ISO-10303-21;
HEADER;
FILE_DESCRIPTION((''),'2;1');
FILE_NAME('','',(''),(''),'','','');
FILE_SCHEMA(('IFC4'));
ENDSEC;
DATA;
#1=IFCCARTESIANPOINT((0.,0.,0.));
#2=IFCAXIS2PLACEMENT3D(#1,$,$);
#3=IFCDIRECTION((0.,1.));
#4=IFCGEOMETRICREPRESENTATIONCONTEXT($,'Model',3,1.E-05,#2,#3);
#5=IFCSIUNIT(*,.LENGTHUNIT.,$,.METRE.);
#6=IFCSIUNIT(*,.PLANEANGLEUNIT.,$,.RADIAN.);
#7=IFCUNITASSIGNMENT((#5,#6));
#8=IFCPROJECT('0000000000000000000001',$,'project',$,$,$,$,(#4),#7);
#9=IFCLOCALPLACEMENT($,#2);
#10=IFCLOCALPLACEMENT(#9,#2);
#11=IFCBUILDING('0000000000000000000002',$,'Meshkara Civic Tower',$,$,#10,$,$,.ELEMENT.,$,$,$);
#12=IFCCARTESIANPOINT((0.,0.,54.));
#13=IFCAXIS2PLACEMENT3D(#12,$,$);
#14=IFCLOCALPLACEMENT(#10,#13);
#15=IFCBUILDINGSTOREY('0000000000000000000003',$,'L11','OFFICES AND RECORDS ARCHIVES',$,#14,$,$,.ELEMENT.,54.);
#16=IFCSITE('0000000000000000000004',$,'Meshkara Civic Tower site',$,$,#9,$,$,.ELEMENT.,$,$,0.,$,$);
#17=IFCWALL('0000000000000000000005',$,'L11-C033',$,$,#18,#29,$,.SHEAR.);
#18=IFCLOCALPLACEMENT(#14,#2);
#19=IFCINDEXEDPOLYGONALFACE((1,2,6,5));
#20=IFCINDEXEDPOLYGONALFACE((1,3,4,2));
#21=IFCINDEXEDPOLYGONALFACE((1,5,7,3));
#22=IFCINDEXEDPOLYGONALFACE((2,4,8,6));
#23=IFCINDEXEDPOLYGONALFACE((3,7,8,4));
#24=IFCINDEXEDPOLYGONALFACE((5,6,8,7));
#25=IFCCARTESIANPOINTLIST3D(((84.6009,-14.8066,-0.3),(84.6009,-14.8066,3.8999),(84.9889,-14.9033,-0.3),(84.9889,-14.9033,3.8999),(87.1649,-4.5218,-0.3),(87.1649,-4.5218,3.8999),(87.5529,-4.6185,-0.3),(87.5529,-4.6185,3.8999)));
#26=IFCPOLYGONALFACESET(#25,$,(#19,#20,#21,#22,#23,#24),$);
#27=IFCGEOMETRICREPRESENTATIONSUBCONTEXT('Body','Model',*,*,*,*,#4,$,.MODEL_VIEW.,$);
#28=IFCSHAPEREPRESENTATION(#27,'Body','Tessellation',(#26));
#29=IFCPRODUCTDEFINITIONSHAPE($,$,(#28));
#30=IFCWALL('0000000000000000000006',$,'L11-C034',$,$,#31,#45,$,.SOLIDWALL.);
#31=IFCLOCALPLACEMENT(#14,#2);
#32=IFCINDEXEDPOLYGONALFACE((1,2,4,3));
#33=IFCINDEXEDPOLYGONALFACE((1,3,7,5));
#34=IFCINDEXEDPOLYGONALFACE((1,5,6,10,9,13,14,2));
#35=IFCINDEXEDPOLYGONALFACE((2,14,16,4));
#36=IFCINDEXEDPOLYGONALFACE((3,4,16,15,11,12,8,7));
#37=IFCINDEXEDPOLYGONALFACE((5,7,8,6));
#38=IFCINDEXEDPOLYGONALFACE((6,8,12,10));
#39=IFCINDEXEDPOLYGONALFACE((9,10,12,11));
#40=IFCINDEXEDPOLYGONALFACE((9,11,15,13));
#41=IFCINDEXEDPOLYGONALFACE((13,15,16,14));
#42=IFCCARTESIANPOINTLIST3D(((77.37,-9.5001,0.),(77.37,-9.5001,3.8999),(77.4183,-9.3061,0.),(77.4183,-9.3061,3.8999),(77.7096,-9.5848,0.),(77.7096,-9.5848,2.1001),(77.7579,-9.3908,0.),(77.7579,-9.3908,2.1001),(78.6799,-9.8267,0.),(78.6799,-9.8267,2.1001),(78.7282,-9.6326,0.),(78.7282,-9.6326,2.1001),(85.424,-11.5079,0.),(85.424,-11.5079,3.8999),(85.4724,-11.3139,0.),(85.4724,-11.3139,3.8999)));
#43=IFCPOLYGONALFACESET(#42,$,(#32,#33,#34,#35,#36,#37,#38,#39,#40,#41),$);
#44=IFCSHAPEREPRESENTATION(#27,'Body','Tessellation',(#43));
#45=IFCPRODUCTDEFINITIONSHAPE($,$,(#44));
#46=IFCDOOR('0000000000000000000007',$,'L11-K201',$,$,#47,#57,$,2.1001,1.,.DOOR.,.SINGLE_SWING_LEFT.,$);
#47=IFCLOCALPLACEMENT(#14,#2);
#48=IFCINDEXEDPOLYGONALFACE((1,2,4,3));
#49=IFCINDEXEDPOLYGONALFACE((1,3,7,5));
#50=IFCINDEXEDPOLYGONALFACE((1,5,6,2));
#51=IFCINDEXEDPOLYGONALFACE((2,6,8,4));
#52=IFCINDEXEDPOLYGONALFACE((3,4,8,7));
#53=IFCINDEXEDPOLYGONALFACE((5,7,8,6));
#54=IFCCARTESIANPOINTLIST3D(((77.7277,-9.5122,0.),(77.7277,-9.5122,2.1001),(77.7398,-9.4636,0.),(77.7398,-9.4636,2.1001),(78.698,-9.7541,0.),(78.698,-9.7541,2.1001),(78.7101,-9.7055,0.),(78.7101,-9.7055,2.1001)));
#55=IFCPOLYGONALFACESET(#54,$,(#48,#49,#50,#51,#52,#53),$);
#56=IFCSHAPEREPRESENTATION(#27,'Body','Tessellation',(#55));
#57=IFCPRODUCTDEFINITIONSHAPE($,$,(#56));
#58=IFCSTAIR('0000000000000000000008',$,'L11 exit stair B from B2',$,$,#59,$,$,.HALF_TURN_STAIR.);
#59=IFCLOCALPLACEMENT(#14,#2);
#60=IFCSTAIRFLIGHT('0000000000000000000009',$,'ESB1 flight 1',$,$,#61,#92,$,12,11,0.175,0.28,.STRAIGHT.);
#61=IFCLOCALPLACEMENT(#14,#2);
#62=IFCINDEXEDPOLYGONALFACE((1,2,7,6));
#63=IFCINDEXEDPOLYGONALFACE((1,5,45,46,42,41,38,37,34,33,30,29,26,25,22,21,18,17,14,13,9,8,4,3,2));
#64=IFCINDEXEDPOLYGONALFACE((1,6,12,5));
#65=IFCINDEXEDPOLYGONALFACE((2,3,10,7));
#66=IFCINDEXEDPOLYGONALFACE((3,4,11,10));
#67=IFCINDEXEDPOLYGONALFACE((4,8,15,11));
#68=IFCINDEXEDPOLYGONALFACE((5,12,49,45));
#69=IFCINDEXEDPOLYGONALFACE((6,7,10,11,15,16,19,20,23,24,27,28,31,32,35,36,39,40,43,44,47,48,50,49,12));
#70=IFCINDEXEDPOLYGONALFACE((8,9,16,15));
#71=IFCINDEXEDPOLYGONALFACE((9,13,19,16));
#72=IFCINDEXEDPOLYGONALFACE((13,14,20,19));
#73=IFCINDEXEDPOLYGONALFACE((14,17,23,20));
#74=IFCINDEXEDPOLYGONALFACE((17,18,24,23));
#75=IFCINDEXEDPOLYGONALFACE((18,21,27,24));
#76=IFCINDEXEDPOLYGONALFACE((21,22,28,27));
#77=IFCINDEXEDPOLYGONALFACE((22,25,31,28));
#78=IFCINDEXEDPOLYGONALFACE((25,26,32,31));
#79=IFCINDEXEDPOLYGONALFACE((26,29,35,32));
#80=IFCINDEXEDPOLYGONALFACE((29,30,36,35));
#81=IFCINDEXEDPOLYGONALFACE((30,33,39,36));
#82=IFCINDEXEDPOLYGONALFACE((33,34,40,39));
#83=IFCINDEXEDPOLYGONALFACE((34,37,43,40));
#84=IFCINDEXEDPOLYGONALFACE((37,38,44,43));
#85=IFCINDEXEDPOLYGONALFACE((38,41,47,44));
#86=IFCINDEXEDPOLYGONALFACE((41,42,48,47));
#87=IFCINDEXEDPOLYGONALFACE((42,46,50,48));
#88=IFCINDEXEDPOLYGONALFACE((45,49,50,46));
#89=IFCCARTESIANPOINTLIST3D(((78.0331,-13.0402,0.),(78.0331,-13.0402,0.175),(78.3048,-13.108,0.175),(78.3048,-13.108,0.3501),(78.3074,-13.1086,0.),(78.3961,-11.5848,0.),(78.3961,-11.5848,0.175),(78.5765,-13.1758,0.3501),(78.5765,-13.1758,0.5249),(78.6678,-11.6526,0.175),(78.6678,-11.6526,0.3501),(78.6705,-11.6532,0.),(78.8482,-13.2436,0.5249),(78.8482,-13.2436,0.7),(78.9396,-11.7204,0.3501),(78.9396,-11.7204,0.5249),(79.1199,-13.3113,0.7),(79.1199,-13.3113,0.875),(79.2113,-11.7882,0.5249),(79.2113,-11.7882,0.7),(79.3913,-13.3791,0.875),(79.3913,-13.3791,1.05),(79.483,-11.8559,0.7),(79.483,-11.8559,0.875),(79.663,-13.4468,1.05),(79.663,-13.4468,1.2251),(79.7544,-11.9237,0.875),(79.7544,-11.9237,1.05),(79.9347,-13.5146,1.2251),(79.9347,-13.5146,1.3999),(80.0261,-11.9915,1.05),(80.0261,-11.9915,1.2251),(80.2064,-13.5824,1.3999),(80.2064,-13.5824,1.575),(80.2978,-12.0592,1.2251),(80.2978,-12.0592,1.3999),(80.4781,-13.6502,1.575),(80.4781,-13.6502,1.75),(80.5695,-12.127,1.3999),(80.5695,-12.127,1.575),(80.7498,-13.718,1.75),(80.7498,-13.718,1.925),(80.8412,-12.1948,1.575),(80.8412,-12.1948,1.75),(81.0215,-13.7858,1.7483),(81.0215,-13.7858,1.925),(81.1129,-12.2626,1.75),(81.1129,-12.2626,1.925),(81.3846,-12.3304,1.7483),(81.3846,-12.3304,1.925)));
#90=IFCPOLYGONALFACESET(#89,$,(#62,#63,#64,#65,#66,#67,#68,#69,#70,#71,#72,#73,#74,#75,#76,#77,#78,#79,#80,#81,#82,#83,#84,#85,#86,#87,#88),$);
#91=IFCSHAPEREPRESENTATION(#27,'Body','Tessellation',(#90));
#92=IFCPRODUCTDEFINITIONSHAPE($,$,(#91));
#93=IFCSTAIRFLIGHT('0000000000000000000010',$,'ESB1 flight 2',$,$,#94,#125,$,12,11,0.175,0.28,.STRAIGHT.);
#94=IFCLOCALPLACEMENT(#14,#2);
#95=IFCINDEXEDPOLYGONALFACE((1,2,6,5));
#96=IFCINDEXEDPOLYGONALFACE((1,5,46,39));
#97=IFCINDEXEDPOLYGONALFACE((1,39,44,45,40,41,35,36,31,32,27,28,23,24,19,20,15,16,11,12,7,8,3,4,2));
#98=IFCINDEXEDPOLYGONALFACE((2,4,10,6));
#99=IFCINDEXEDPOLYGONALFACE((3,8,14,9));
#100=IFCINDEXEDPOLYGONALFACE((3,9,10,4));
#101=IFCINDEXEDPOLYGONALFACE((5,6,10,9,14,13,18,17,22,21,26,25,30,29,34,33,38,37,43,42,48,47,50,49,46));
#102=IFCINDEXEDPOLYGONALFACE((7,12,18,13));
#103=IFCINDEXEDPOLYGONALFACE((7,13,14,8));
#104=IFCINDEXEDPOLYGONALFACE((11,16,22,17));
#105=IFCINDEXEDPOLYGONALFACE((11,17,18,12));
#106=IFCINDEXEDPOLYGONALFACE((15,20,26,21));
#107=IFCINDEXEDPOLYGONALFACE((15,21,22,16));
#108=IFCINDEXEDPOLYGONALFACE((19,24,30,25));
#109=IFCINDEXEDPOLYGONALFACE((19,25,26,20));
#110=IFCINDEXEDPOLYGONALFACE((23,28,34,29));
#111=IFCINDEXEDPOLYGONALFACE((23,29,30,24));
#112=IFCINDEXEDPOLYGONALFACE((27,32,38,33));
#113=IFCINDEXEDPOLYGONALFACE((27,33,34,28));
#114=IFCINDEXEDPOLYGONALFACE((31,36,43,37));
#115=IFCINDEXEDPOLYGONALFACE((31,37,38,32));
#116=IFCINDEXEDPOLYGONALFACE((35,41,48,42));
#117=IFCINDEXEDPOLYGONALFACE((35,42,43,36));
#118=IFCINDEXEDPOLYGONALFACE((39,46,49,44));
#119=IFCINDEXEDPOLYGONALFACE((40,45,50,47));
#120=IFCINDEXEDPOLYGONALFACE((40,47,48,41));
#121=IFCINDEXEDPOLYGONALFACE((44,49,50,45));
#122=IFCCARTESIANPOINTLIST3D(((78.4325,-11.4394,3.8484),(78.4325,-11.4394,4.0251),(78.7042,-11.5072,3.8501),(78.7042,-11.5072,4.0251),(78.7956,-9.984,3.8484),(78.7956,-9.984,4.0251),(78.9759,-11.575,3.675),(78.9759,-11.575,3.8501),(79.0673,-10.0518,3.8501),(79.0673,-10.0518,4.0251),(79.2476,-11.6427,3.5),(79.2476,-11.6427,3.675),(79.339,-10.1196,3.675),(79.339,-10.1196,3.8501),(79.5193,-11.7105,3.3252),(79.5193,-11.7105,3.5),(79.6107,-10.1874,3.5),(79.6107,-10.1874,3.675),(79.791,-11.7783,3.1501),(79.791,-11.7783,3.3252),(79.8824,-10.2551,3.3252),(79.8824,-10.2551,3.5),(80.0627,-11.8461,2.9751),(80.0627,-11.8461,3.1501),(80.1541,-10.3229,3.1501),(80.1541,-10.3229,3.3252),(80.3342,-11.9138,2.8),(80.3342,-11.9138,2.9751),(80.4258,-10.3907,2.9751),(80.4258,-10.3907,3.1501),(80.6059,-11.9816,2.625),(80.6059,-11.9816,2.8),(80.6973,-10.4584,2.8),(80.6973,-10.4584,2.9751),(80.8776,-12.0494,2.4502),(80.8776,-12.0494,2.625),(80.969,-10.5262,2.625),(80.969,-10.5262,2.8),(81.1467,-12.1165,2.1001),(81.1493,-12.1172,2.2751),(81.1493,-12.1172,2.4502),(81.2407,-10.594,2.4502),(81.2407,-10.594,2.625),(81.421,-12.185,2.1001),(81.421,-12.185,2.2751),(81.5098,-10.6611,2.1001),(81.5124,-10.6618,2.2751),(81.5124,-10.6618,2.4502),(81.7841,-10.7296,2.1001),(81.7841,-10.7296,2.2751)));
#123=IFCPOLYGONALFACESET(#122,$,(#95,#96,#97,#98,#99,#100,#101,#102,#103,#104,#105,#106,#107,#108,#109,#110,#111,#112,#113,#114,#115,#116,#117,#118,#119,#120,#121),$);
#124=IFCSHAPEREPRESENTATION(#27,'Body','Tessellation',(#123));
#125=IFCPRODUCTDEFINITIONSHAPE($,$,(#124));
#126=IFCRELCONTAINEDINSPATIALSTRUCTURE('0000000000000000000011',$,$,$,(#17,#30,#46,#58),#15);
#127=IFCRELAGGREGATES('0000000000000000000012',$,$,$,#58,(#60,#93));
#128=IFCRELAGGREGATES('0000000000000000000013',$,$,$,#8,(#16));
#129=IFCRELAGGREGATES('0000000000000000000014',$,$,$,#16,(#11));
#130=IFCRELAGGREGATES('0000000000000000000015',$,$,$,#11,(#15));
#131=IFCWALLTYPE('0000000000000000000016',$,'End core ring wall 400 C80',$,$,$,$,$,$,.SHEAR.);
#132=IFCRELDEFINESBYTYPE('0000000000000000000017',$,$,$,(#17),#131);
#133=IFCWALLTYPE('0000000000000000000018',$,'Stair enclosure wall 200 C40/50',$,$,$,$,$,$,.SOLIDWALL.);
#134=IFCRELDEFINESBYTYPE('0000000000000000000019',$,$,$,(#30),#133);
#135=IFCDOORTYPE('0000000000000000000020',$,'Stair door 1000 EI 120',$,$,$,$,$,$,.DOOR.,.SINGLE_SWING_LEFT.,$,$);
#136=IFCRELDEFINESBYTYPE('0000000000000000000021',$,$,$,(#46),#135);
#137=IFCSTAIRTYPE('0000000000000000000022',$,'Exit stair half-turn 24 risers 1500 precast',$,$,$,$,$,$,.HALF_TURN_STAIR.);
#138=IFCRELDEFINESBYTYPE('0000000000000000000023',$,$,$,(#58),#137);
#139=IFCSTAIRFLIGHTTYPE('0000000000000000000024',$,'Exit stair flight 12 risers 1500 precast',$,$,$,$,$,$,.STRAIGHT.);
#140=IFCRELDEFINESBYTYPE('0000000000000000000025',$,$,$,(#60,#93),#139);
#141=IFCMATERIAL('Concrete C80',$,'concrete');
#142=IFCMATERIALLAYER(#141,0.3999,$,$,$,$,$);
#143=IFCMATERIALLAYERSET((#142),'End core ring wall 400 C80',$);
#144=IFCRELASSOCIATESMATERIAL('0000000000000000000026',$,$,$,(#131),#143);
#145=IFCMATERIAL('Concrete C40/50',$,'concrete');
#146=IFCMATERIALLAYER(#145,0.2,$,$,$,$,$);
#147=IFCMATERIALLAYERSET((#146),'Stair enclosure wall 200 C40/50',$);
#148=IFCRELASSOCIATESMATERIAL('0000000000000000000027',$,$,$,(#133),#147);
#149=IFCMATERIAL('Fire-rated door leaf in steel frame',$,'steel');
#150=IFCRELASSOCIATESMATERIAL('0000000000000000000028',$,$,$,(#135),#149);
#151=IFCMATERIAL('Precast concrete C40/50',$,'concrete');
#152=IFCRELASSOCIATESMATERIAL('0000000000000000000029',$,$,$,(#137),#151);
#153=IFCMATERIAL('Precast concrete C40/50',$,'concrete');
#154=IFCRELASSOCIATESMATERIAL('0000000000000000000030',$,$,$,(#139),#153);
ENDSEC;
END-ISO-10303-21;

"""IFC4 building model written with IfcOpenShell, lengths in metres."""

from ifc_helpers import new_model, si_unit, direction, frame, frame_2d, origin, place, context, subcontext, project, spatial, polyline, rectangle, outline, extrude, material, layer, layer_set, type_object, element, fill, aggregate, save


model = new_model("IFC4")

# Units and contexts
model_context = context("Model", 3, precision=1e-05, world=origin(), true_north=direction((0.0, 1.0)))
body_context = subcontext(model_context, "Body", "Model", "MODEL_VIEW")
ifc_project = project(units=[si_unit("LENGTHUNIT", "METRE"), si_unit("PLANEANGLEUNIT", "RADIAN")], contexts=[model_context])

# Site, building, storey
site_placement = place(None, origin())
site = spatial("IfcSite", under=ifc_project, at=site_placement, Name="Meshkara Civic Tower site", CompositionType="ELEMENT", RefElevation=0.0)
building_placement = place(site_placement, origin())
building = spatial("IfcBuilding", under=site, at=building_placement, Name="Meshkara Civic Tower", CompositionType="ELEMENT")
storey_placement = place(building_placement, frame((0.0, 0.0, 54.0)))
storey = spatial("IfcBuildingStorey", under=building, at=storey_placement, Name="L11", Description="OFFICES AND RECORDS ARCHIVES", CompositionType="ELEMENT", Elevation=54.0)

# Shared definitions
ifc_material_1 = material(Name="Concrete C80", Category="concrete")
ifc_layer_1 = layer(ifc_material_1, 0.3999)
ifc_layer_set_1 = layer_set([ifc_layer_1], Name="End core ring wall 400 C80")
wall_type_1 = type_object("IfcWallType", Name="End core ring wall 400 C80", PredefinedType="SHEAR", material=ifc_layer_set_1)

# Wall
wall_1_placement = place(storey_placement, frame((84.7949, -14.855, -0.3), z_axis=(0.0, 0.0, 1.0), x_axis=(0.241891, 0.970304, 0.0)))
element("IfcWall", 1, at=wall_1_placement, inside=storey, type_object=wall_type_1, Name="L11-C033", PredefinedType="SHEAR", context=body_context, shape_type="SweptSolid", body=[
    extrude(rectangle(XDim=10.5996, YDim=0.3999, at=frame_2d((5.2998, 0.0))), origin(), (0.0, 0.0, 1.0), 4.2),
])

# Wall, opening, door
ifc_material_2 = material(Name="Concrete C40/50", Category="concrete")
ifc_layer_2 = layer(ifc_material_2, 0.2)
ifc_layer_set_2 = layer_set([ifc_layer_2], Name="Stair enclosure wall 200 C40/50")
wall_type_2 = type_object("IfcWallType", Name="Stair enclosure wall 200 C40/50", PredefinedType="SOLIDWALL", material=ifc_layer_set_2)
wall_2_placement = place(storey_placement, frame((77.394, -9.4031, 0.0), z_axis=(0.0, 0.0, 1.0), x_axis=(0.970303, -0.241892, 0.0)))
wall_2 = element("IfcWall", 2, at=wall_2_placement, inside=storey, type_object=wall_type_2, Name="L11-C034", PredefinedType="SOLIDWALL", context=body_context, shape_type="SweptSolid", body=[
    extrude(rectangle(XDim=8.3005, YDim=0.2, at=frame_2d((4.1504, 0.0))), origin(), (0.0, 0.0, 1.0), 3.8999),
])
opening_1_placement = place(wall_2_placement, frame((0.3501, 0.0, 0.0)))
opening_1 = element("IfcOpeningElement", 3, at=opening_1_placement, cuts=wall_2, PredefinedType="OPENING", context=body_context, shape_type="SweptSolid", body=[
    extrude(rectangle(XDim=1.0, YDim=2.1001, at=frame_2d((0.5, 1.05))), frame((0.0, 0.1099, 0.0), z_axis=(0.0, -1.0, 0.0), x_axis=(1.0, 0.0, 0.0)), (0.0, 0.0, 1.0), 0.22),
])
ifc_material_3 = material(Name="Fire-rated door leaf in steel frame", Category="steel")
door_type_1 = type_object("IfcDoorType", Name="Stair door 1000 EI 120", OperationType="SINGLE_SWING_LEFT", PredefinedType="DOOR", material=ifc_material_3)
door_1_placement = place(opening_1_placement, origin())
door_1 = element("IfcDoor", 4, at=door_1_placement, inside=storey, type_object=door_type_1, Name="L11-K201", OperationType="SINGLE_SWING_LEFT", OverallHeight=2.1001, OverallWidth=1.0, PredefinedType="DOOR", context=body_context, shape_type="SweptSolid", body=[
    extrude(rectangle(XDim=1.0, YDim=2.1001, at=frame_2d((0.5, 1.05))), frame((0.0, 0.0249, 0.0), z_axis=(0.0, -1.0, 0.0), x_axis=(1.0, 0.0, 0.0)), (0.0, 0.0, 1.0), 0.05),
])
fill(opening_1, door_1)

# Stair, stair flights
ifc_material_4 = material(Name="Precast concrete C40/50", Category="concrete")
stair_type = type_object("IfcStairType", Name="Exit stair half-turn 24 risers 1500 precast", PredefinedType="HALF_TURN_STAIR", material=ifc_material_4)
stair_placement = place(storey_placement, origin())
stair = element("IfcStair", 5, at=stair_placement, inside=storey, type_object=stair_type, Name="L11 exit stair B from B2", PredefinedType="HALF_TURN_STAIR")
ifc_material_5 = material(Name="Precast concrete C40/50", Category="concrete")
stair_flight_type = type_object("IfcStairFlightType", Name="Exit stair flight 12 risers 1500 precast", PredefinedType="STRAIGHT", material=ifc_material_5)
stair_flight_1_placement = place(storey_placement, frame((78.2146, -12.3125, 0.0), z_axis=(0.0, 0.0, 1.0), x_axis=(0.97026, -0.242065, 0.0)))
stair_flight_1 = element("IfcStairFlight", 6, at=stair_flight_1_placement, type_object=stair_flight_type, Name="ESB1 flight 1", NumberOfRisers=12, NumberOfTreads=11, PredefinedType="STRAIGHT", RiserHeight=0.175, TreadLength=0.28, context=body_context, shape_type="SweptSolid", body=[
    extrude(outline(polyline([(0.0, 0.0), (0.0, 0.175), (0.28, 0.175), (0.28, 0.3501), (0.5601, 0.3501), (0.5601, 0.5249), (0.8401, 0.5249), (0.8401, 0.7), (1.1201, 0.7), (1.1201, 0.875), (1.3999, 0.875), (1.3999, 1.05), (1.6799, 1.05), (1.6799, 1.2251), (1.96, 1.2251), (1.96, 1.3999), (2.24, 1.3999), (2.24, 1.575), (2.52, 1.575), (2.52, 1.75), (2.8, 1.75), (2.8, 1.925), (3.0801, 1.925), (3.0801, 2.1001), (3.0801, 1.7483), (0.2827, 0.0), (0.0, 0.0)])), frame((0.0, 0.75, 0.0), z_axis=(0.0, -1.0, 0.0), x_axis=(1.0, 0.0, 0.0)), (0.0, 0.0, 1.0), 1.5),
])
stair_flight_2_placement = place(storey_placement, frame((81.6025, -11.4573, 2.1001), z_axis=(0.0, 0.0, 1.0), x_axis=(-0.97026, 0.242065, 0.0)))
stair_flight_2 = element("IfcStairFlight", 7, at=stair_flight_2_placement, type_object=stair_flight_type, Name="ESB1 flight 2", NumberOfRisers=12, NumberOfTreads=11, PredefinedType="STRAIGHT", RiserHeight=0.175, TreadLength=0.28, context=body_context, shape_type="SweptSolid", body=[
    extrude(outline(polyline([(0.0, 0.0), (0.0, 0.175), (0.28, 0.175), (0.28, 0.3501), (0.5601, 0.3501), (0.5601, 0.5249), (0.8401, 0.5249), (0.8401, 0.7), (1.1201, 0.7), (1.1201, 0.875), (1.3999, 0.875), (1.3999, 1.05), (1.6799, 1.05), (1.6799, 1.2251), (1.96, 1.2251), (1.96, 1.3999), (2.24, 1.3999), (2.24, 1.575), (2.52, 1.575), (2.52, 1.75), (2.8, 1.75), (2.8, 1.925), (3.0801, 1.925), (3.0801, 2.1001), (3.0801, 1.7483), (0.2827, 0.0), (0.0, 0.0)])), frame((0.0, 0.75, 0.0), z_axis=(0.0, -1.0, 0.0), x_axis=(1.0, 0.0, 0.0)), (0.0, 0.0, 1.0), 1.5),
])
aggregate(stair, [stair_flight_1, stair_flight_2])

save(model, "model.ifc")
